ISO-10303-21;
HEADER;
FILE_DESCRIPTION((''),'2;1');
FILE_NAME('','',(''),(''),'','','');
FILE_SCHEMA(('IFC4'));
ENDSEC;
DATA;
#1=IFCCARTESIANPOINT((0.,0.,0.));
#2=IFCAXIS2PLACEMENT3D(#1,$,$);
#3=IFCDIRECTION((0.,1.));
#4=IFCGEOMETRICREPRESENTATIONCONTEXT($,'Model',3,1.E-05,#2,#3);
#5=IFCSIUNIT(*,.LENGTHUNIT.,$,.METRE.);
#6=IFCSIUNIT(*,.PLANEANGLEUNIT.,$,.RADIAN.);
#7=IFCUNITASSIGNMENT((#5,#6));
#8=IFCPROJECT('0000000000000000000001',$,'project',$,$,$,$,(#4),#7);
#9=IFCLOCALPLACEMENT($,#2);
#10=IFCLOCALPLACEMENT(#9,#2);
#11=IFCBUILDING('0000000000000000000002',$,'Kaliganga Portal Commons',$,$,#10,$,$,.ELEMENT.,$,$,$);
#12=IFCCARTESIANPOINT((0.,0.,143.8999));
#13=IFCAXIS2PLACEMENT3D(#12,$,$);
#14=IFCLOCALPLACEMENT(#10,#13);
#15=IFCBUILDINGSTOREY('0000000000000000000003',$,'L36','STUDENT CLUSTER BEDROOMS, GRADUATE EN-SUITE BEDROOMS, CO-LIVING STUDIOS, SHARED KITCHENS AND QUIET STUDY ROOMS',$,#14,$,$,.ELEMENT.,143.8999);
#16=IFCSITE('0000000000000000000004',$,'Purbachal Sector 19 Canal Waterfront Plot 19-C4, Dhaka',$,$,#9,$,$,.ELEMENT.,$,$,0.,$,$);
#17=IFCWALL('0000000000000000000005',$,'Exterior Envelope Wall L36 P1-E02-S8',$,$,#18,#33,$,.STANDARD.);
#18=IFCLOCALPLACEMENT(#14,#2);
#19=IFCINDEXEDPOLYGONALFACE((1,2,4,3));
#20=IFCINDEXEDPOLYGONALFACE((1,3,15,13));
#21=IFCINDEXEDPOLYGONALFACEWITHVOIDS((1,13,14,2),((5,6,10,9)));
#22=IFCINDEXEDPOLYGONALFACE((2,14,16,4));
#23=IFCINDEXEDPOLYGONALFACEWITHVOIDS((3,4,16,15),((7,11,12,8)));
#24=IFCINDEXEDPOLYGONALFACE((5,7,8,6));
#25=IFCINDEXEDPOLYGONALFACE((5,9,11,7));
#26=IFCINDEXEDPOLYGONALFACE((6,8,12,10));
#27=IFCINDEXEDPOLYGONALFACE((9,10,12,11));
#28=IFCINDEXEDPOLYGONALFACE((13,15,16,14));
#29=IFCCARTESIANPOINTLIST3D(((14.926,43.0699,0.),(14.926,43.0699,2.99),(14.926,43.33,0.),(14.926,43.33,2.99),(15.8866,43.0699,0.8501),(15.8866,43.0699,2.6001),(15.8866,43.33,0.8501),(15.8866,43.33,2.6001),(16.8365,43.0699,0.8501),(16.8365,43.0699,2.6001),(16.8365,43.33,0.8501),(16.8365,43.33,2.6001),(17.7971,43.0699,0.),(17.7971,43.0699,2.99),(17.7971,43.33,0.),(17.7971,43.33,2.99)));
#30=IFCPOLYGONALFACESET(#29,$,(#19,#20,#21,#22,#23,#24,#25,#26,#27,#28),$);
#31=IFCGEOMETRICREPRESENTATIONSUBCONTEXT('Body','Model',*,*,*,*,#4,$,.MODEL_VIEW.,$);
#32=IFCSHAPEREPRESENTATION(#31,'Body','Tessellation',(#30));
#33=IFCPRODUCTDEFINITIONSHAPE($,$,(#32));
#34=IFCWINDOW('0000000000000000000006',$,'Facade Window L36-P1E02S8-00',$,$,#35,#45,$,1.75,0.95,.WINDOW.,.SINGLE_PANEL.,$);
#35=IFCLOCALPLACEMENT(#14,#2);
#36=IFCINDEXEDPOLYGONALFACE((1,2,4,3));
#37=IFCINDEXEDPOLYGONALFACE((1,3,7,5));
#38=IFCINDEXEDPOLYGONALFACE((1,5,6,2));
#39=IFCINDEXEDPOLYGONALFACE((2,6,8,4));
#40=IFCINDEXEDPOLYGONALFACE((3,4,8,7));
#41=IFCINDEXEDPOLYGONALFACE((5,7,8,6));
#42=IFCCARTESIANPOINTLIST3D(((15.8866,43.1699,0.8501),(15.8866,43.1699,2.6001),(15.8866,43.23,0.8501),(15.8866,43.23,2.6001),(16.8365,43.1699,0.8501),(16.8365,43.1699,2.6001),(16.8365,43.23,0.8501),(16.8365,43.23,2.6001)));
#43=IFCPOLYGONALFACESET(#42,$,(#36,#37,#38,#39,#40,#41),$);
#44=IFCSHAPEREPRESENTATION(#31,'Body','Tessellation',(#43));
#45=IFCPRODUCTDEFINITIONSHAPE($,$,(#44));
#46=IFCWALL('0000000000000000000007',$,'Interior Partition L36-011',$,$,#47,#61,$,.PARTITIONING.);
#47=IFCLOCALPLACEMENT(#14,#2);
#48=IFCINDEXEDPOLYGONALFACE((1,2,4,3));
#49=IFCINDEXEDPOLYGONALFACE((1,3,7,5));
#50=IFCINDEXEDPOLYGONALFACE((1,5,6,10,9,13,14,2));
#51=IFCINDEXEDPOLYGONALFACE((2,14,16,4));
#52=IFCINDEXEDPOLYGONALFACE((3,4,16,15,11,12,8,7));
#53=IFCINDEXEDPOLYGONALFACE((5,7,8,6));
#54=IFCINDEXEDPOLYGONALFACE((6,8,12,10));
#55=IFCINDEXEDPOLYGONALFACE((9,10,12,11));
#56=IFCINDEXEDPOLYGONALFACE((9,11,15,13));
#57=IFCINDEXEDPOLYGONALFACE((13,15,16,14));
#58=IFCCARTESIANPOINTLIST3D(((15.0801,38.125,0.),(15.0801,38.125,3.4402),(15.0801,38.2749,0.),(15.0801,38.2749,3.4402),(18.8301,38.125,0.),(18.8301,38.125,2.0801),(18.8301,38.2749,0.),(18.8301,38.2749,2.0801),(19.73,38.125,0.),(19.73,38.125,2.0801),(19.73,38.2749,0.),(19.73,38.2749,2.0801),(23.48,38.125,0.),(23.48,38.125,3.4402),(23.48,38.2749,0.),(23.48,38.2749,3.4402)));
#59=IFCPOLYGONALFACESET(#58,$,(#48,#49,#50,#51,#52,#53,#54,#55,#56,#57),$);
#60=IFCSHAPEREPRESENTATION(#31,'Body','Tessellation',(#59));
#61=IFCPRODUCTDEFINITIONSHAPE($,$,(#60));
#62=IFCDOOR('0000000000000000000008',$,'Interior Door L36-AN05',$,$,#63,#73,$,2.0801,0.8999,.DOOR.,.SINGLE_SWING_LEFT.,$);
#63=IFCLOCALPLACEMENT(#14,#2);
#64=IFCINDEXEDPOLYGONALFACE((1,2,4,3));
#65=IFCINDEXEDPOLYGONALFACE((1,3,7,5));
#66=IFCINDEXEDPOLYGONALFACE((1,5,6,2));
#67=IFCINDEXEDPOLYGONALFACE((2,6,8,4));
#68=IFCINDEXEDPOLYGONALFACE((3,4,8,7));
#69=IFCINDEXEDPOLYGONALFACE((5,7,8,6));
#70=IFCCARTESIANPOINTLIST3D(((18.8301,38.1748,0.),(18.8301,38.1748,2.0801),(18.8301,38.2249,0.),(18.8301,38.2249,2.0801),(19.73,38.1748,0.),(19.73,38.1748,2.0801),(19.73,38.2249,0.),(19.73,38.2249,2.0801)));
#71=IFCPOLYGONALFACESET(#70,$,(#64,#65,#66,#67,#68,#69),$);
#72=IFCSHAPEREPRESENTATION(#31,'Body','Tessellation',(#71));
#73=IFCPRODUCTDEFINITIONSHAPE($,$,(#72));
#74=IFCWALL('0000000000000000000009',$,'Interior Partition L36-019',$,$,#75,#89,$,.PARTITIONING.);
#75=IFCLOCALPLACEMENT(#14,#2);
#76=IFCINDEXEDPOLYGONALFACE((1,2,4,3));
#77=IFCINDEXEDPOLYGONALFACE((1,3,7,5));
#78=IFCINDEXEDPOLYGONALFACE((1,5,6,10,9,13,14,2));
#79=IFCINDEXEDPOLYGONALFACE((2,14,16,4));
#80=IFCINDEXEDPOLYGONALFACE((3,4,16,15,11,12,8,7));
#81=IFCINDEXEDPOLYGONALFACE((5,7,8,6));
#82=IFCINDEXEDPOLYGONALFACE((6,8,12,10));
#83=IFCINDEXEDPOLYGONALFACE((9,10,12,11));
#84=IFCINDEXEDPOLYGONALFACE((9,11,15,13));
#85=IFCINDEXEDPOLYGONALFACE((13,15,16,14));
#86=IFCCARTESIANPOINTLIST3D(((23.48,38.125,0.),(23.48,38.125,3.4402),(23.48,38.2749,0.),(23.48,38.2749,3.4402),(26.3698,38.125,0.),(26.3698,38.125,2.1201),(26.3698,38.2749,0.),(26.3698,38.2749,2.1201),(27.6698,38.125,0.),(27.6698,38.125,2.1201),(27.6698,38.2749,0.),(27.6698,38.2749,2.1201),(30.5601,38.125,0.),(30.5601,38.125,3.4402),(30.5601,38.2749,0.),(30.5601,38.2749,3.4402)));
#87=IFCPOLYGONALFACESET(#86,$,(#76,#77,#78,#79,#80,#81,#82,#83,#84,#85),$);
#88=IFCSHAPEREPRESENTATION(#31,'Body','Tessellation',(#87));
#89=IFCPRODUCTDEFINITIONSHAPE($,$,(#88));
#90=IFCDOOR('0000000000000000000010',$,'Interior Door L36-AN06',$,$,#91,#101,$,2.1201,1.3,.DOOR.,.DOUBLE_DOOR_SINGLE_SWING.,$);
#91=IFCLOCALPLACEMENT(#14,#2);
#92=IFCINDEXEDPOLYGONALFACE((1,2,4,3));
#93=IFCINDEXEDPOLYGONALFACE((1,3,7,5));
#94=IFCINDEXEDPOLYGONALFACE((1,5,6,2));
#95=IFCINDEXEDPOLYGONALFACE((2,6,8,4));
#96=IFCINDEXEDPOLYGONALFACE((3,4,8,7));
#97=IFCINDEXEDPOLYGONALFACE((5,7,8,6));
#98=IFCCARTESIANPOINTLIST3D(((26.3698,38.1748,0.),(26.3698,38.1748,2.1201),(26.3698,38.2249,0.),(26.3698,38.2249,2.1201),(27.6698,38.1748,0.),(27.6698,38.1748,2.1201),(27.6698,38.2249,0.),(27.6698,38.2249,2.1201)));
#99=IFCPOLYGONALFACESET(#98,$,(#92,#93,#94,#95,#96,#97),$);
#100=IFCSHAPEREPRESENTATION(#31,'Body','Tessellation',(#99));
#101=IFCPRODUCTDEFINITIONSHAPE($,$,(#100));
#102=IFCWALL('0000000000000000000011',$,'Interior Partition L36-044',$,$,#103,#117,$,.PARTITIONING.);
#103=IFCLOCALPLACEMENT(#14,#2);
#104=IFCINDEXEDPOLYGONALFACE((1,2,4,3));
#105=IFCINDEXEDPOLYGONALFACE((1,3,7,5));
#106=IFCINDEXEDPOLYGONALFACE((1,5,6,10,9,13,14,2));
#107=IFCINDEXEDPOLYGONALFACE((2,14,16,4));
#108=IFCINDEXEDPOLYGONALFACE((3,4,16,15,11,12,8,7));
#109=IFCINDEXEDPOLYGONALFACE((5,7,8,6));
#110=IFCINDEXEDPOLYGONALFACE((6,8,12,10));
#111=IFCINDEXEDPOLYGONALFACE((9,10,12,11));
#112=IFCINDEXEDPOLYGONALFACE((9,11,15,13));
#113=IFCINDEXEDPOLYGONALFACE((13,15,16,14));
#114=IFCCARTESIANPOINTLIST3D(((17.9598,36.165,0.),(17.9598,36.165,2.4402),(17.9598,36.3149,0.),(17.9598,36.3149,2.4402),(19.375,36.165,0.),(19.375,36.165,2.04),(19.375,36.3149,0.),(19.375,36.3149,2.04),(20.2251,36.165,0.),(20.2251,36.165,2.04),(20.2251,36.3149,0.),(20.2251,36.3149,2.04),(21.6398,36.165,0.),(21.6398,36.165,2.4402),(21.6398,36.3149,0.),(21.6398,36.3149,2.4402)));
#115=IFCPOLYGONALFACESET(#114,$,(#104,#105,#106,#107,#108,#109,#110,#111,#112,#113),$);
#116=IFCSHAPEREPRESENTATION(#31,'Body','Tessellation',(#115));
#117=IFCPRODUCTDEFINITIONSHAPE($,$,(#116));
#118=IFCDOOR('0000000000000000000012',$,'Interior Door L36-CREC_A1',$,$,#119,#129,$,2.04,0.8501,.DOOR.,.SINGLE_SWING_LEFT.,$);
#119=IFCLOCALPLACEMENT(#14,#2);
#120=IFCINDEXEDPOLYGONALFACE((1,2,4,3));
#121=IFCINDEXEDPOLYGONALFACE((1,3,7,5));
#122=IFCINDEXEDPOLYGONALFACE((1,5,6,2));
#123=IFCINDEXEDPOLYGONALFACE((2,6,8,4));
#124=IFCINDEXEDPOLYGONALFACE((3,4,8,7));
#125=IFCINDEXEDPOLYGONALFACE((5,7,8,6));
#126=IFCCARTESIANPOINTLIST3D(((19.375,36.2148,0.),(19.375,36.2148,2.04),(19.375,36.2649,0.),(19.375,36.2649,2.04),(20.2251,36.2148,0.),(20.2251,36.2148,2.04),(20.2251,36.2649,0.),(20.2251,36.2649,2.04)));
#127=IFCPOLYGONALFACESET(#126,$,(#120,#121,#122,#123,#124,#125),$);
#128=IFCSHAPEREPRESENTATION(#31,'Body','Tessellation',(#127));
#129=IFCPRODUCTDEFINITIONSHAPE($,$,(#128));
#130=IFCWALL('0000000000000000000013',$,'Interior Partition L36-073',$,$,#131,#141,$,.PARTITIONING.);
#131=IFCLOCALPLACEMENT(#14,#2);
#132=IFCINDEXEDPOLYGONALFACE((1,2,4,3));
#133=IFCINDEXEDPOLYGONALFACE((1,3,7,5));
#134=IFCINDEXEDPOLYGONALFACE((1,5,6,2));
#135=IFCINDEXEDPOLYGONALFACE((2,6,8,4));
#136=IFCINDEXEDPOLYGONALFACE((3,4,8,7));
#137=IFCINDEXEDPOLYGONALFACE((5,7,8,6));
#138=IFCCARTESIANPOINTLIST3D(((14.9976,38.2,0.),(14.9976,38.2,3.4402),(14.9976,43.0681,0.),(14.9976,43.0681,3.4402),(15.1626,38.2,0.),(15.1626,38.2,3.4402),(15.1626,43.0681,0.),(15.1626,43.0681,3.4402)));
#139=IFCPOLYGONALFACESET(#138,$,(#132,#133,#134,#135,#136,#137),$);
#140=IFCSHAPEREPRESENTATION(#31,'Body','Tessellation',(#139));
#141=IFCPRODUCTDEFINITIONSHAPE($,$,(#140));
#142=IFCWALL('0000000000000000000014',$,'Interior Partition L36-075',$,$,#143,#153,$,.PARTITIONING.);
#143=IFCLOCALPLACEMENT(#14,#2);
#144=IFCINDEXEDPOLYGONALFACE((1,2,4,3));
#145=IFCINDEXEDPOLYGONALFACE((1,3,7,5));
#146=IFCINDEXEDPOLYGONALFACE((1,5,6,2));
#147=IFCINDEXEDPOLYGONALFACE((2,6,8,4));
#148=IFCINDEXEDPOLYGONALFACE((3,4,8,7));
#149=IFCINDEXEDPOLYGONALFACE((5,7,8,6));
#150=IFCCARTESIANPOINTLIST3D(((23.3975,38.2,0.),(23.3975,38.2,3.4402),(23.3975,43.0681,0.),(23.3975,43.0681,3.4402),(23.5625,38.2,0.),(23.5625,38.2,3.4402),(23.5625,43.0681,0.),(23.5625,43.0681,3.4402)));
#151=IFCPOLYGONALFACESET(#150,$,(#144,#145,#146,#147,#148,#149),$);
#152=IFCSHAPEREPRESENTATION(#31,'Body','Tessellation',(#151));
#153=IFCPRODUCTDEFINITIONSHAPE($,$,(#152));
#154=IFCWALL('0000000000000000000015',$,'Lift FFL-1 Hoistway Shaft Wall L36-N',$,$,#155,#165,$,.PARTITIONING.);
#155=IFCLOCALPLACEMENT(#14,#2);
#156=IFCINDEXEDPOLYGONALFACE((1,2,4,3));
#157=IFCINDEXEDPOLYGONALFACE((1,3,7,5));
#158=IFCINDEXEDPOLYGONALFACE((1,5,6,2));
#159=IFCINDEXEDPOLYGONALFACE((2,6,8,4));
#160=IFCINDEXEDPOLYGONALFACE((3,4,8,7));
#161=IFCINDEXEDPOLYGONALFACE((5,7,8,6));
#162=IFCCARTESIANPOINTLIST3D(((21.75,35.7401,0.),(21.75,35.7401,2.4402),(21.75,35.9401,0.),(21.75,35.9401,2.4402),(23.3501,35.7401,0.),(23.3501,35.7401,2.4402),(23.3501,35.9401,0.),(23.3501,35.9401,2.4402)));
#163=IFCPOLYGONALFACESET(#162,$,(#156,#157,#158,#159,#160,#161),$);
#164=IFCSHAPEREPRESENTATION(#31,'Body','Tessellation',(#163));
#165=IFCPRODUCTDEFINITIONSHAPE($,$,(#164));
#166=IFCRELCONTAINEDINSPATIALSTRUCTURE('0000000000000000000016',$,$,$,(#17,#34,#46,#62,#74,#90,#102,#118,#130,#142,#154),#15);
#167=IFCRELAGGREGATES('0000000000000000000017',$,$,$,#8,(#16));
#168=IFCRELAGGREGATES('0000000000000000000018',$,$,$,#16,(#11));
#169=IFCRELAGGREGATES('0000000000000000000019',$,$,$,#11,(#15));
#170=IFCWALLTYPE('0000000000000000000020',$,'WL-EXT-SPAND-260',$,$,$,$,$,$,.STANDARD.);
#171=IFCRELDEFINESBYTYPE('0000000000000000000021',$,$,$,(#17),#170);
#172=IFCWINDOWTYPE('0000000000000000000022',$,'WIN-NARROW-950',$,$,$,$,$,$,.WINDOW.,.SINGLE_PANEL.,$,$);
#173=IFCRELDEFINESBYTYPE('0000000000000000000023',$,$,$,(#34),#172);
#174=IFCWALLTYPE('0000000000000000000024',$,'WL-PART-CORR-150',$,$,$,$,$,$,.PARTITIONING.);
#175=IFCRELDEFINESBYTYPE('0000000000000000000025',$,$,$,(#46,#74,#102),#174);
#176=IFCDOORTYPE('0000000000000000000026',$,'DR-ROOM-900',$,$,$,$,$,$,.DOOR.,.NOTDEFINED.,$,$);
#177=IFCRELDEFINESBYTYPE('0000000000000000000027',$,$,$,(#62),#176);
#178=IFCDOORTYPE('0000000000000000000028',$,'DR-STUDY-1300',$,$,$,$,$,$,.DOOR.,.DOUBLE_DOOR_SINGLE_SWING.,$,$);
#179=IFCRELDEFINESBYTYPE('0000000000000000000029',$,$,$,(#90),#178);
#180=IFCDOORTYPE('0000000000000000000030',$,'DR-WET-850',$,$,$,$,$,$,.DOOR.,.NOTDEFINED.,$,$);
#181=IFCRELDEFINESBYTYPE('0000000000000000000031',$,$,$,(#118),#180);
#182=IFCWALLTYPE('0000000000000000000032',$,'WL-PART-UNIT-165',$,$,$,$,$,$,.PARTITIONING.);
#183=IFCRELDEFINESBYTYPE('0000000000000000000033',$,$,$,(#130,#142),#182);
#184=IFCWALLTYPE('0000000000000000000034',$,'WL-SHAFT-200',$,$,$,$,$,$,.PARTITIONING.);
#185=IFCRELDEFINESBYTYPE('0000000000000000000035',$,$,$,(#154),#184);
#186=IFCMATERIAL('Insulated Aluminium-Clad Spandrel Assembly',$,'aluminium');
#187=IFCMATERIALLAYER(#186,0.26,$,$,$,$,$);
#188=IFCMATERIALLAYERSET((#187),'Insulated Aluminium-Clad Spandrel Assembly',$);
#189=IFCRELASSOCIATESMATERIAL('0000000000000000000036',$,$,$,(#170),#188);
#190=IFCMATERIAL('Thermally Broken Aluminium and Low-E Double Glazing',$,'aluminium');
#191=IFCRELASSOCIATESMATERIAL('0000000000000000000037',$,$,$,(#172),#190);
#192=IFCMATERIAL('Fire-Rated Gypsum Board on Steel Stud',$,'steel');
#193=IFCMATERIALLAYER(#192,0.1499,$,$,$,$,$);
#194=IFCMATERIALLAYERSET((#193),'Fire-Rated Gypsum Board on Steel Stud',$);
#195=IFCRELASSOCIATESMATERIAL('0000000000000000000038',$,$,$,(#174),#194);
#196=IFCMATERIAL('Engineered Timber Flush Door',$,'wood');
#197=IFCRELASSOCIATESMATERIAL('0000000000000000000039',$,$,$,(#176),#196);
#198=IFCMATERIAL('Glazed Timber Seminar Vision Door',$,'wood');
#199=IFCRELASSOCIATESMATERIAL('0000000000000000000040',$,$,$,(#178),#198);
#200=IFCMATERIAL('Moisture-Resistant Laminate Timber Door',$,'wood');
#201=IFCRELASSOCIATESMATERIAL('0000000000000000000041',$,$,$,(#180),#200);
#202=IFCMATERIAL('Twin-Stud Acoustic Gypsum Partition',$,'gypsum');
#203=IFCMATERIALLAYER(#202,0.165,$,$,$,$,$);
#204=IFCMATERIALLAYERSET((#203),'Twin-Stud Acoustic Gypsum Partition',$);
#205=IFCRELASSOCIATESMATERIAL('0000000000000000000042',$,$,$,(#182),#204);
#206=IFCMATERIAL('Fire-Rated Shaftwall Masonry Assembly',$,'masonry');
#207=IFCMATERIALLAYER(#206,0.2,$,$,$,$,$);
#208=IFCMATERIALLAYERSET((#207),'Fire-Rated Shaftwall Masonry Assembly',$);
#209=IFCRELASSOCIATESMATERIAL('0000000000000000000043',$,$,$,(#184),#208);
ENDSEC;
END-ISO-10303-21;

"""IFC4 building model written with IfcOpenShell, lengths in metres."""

from ifc_helpers import new_model, si_unit, direction, frame, frame_2d, origin, place, context, subcontext, project, spatial, rectangle, extrude, material, layer, layer_set, type_object, element, fill, save


model = new_model("IFC4")

# Units and contexts
model_context = context("Model", 3, precision=1e-05, world=origin(), true_north=direction((0.0, 1.0)))
body_context = subcontext(model_context, "Body", "Model", "MODEL_VIEW")
ifc_project = project(units=[si_unit("LENGTHUNIT", "METRE"), si_unit("PLANEANGLEUNIT", "RADIAN")], contexts=[model_context])

# Site, building, storey
site_placement = place(None, origin())
site = spatial("IfcSite", under=ifc_project, at=site_placement, Name="Purbachal Sector 19 Canal Waterfront Plot 19-C4, Dhaka", CompositionType="ELEMENT", RefElevation=0.0)
building_placement = place(site_placement, origin())
building = spatial("IfcBuilding", under=site, at=building_placement, Name="Kaliganga Portal Commons", CompositionType="ELEMENT")
storey_placement = place(building_placement, frame((0.0, 0.0, 143.8999)))
storey = spatial("IfcBuildingStorey", under=building, at=storey_placement, Name="L36", Description="STUDENT CLUSTER BEDROOMS, GRADUATE EN-SUITE BEDROOMS, CO-LIVING STUDIOS, SHARED KITCHENS AND QUIET STUDY ROOMS", CompositionType="ELEMENT", Elevation=143.8999)

# Wall, opening, window
ifc_material_1 = material(Name="Insulated Aluminium-Clad Spandrel Assembly", Category="aluminium")
ifc_layer_1 = layer(ifc_material_1, 0.26)
ifc_layer_set_1 = layer_set([ifc_layer_1], Name="Insulated Aluminium-Clad Spandrel Assembly")
wall_type_1 = type_object("IfcWallType", Name="WL-EXT-SPAND-260", PredefinedType="STANDARD", material=ifc_layer_set_1)
ifc_material_2 = material(Name="Thermally Broken Aluminium and Low-E Double Glazing", Category="aluminium")
window_type = type_object("IfcWindowType", Name="WIN-NARROW-950", PartitioningType="SINGLE_PANEL", PredefinedType="WINDOW", material=ifc_material_2)
wall_1_placement = place(storey_placement, frame((14.926, 43.2, 0.0), z_axis=(0.0, 0.0, 1.0), x_axis=(1.0, 0.0, 0.0)))
wall_1 = element("IfcWall", 1, at=wall_1_placement, inside=storey, type_object=wall_type_1, Name="Exterior Envelope Wall L36 P1-E02-S8", PredefinedType="STANDARD", context=body_context, shape_type="SweptSolid", body=[
    extrude(rectangle(XDim=2.8711, YDim=0.26, at=frame_2d((1.4355, 0.0))), origin(), (0.0, 0.0, 1.0), 2.99),
])
opening_1_placement = place(wall_1_placement, frame((0.9604, 0.0, 0.8501)))
opening_1 = element("IfcOpeningElement", 2, at=opening_1_placement, cuts=wall_1, PredefinedType="OPENING", context=body_context, shape_type="SweptSolid", body=[
    extrude(rectangle(XDim=0.95, YDim=1.75, at=frame_2d((0.4751, 0.875))), frame((0.0, 0.1401, 0.0), z_axis=(0.0, -1.0, 0.0), x_axis=(1.0, 0.0, 0.0)), (0.0, 0.0, 1.0), 0.28),
])
window_1_placement = place(opening_1_placement, origin())
window_1 = element("IfcWindow", 3, at=window_1_placement, inside=storey, type_object=window_type, Name="Facade Window L36-P1E02S8-00", OverallHeight=1.75, OverallWidth=0.95, PartitioningType="SINGLE_PANEL", PredefinedType="WINDOW", context=body_context, shape_type="SweptSolid", body=[
    extrude(rectangle(XDim=0.95, YDim=1.75, at=frame_2d((0.4751, 0.875))), frame((0.0, 0.03, 0.0), z_axis=(0.0, -1.0, 0.0), x_axis=(1.0, 0.0, 0.0)), (0.0, 0.0, 1.0), 0.0601),
])
fill(opening_1, window_1)

# Walls, openings, doors
ifc_material_3 = material(Name="Fire-Rated Gypsum Board on Steel Stud", Category="steel")
ifc_layer_2 = layer(ifc_material_3, 0.1499)
ifc_layer_set_2 = layer_set([ifc_layer_2], Name="Fire-Rated Gypsum Board on Steel Stud")
wall_type_2 = type_object("IfcWallType", Name="WL-PART-CORR-150", PredefinedType="PARTITIONING", material=ifc_layer_set_2)
wall_2_placement = place(storey_placement, frame((15.0801, 38.2, 0.0), z_axis=(0.0, 0.0, 1.0), x_axis=(1.0, 0.0, 0.0)))
wall_2 = element("IfcWall", 4, at=wall_2_placement, inside=storey, type_object=wall_type_2, Name="Interior Partition L36-011", PredefinedType="PARTITIONING", context=body_context, shape_type="SweptSolid", body=[
    extrude(rectangle(XDim=8.3999, YDim=0.1499, at=frame_2d((4.2, 0.0))), origin(), (0.0, 0.0, 1.0), 3.4402),
])
opening_2_placement = place(wall_2_placement, frame((3.75, 0.0, 0.0)))
opening_2 = element("IfcOpeningElement", 5, at=opening_2_placement, cuts=wall_2, PredefinedType="OPENING", context=body_context, shape_type="SweptSolid", body=[
    extrude(rectangle(XDim=0.8999, YDim=2.0801, at=frame_2d((0.45, 1.04))), frame((0.0, 0.085, 0.0), z_axis=(0.0, -1.0, 0.0), x_axis=(1.0, 0.0, 0.0)), (0.0, 0.0, 1.0), 0.1699),
])
ifc_material_4 = material(Name="Engineered Timber Flush Door", Category="wood")
door_type_1 = type_object("IfcDoorType", Name="DR-ROOM-900", OperationType="NOTDEFINED", PredefinedType="DOOR", material=ifc_material_4)
door_1_placement = place(opening_2_placement, origin())
door_1 = element("IfcDoor", 6, at=door_1_placement, inside=storey, type_object=door_type_1, Name="Interior Door L36-AN05", OperationType="SINGLE_SWING_LEFT", OverallHeight=2.0801, OverallWidth=0.8999, PredefinedType="DOOR", context=body_context, shape_type="SweptSolid", body=[
    extrude(rectangle(XDim=0.8999, YDim=2.0801, at=frame_2d((0.45, 1.04))), frame((0.0, 0.0249, 0.0), z_axis=(0.0, -1.0, 0.0), x_axis=(1.0, 0.0, 0.0)), (0.0, 0.0, 1.0), 0.05),
])
fill(opening_2, door_1)
wall_3_placement = place(storey_placement, frame((23.48, 38.2, 0.0), z_axis=(0.0, 0.0, 1.0), x_axis=(1.0, 0.0, 0.0)))
wall_3 = element("IfcWall", 7, at=wall_3_placement, inside=storey, type_object=wall_type_2, Name="Interior Partition L36-019", PredefinedType="PARTITIONING", context=body_context, shape_type="SweptSolid", body=[
    extrude(rectangle(XDim=7.0801, YDim=0.1499, at=frame_2d((3.54, 0.0))), origin(), (0.0, 0.0, 1.0), 3.4402),
])
opening_3_placement = place(wall_3_placement, frame((2.8899, 0.0, 0.0)))
opening_3 = element("IfcOpeningElement", 8, at=opening_3_placement, cuts=wall_3, PredefinedType="OPENING", context=body_context, shape_type="SweptSolid", body=[
    extrude(rectangle(XDim=1.3, YDim=2.1201, at=frame_2d((0.6499, 1.0601))), frame((0.0, 0.085, 0.0), z_axis=(0.0, -1.0, 0.0), x_axis=(1.0, 0.0, 0.0)), (0.0, 0.0, 1.0), 0.1699),
])
ifc_material_5 = material(Name="Glazed Timber Seminar Vision Door", Category="wood")
door_type_2 = type_object("IfcDoorType", Name="DR-STUDY-1300", OperationType="DOUBLE_DOOR_SINGLE_SWING", PredefinedType="DOOR", material=ifc_material_5)
door_2_placement = place(opening_3_placement, origin())
door_2 = element("IfcDoor", 9, at=door_2_placement, inside=storey, type_object=door_type_2, Name="Interior Door L36-AN06", OperationType="DOUBLE_DOOR_SINGLE_SWING", OverallHeight=2.1201, OverallWidth=1.3, PredefinedType="DOOR", context=body_context, shape_type="SweptSolid", body=[
    extrude(rectangle(XDim=1.3, YDim=2.1201, at=frame_2d((0.6499, 1.0601))), frame((0.0, 0.0249, 0.0), z_axis=(0.0, -1.0, 0.0), x_axis=(1.0, 0.0, 0.0)), (0.0, 0.0, 1.0), 0.05),
])
fill(opening_3, door_2)
wall_4_placement = place(storey_placement, frame((17.96, 36.24, 0.0), z_axis=(0.0, 0.0, 1.0), x_axis=(1.0, 0.0, 0.0)))
wall_4 = element("IfcWall", 10, at=wall_4_placement, inside=storey, type_object=wall_type_2, Name="Interior Partition L36-044", PredefinedType="PARTITIONING", context=body_context, shape_type="SweptSolid", body=[
    extrude(rectangle(XDim=3.6799, YDim=0.1499, at=frame_2d((1.8398, 0.0))), origin(), (0.0, 0.0, 1.0), 2.4402),
])
opening_4_placement = place(wall_4_placement, frame((1.415, 0.0, 0.0)))
opening_4 = element("IfcOpeningElement", 11, at=opening_4_placement, cuts=wall_4, PredefinedType="OPENING", context=body_context, shape_type="SweptSolid", body=[
    extrude(rectangle(XDim=0.8501, YDim=2.04, at=frame_2d((0.425, 1.02))), frame((0.0, 0.085, 0.0), z_axis=(0.0, -1.0, 0.0), x_axis=(1.0, 0.0, 0.0)), (0.0, 0.0, 1.0), 0.1699),
])
ifc_material_6 = material(Name="Moisture-Resistant Laminate Timber Door", Category="wood")
door_type_3 = type_object("IfcDoorType", Name="DR-WET-850", OperationType="NOTDEFINED", PredefinedType="DOOR", material=ifc_material_6)
door_3_placement = place(opening_4_placement, origin())
door_3 = element("IfcDoor", 12, at=door_3_placement, inside=storey, type_object=door_type_3, Name="Interior Door L36-CREC_A1", OperationType="SINGLE_SWING_LEFT", OverallHeight=2.04, OverallWidth=0.8501, PredefinedType="DOOR", context=body_context, shape_type="SweptSolid", body=[
    extrude(rectangle(XDim=0.8501, YDim=2.04, at=frame_2d((0.425, 1.02))), frame((0.0, 0.0249, 0.0), z_axis=(0.0, -1.0, 0.0), x_axis=(1.0, 0.0, 0.0)), (0.0, 0.0, 1.0), 0.05),
])
fill(opening_4, door_3)

# Walls
ifc_material_7 = material(Name="Twin-Stud Acoustic Gypsum Partition", Category="gypsum")
ifc_layer_3 = layer(ifc_material_7, 0.165)
ifc_layer_set_3 = layer_set([ifc_layer_3], Name="Twin-Stud Acoustic Gypsum Partition")
wall_type_3 = type_object("IfcWallType", Name="WL-PART-UNIT-165", PredefinedType="PARTITIONING", material=ifc_layer_set_3)
for number, where, z_axis, x_axis, name in (
    (13, (15.0801, 38.2, 0.0), (0.0, 0.0, 1.0), (0.0, 1.0, 0.0), "Interior Partition L36-073"),
    (14, (23.48, 38.2, 0.0), (0.0, 0.0, 1.0), (0.0, 1.0, 0.0), "Interior Partition L36-075"),
):
    element("IfcWall", number, at=place(storey_placement, frame(where, z_axis=z_axis, x_axis=x_axis)), inside=storey, type_object=wall_type_3, Name=name, PredefinedType="PARTITIONING", context=body_context, shape_type="SweptSolid", body=[
        extrude(rectangle(XDim=4.8682, YDim=0.165, at=frame_2d((2.4341, 0.0))), origin(), (0.0, 0.0, 1.0), 3.4402),
    ])
ifc_material_8 = material(Name="Fire-Rated Shaftwall Masonry Assembly", Category="masonry")
ifc_layer_4 = layer(ifc_material_8, 0.2)
ifc_layer_set_4 = layer_set([ifc_layer_4], Name="Fire-Rated Shaftwall Masonry Assembly")
wall_type_4 = type_object("IfcWallType", Name="WL-SHAFT-200", PredefinedType="PARTITIONING", material=ifc_layer_set_4)
wall_5_placement = place(storey_placement, frame((21.75, 35.8401, 0.0), z_axis=(0.0, 0.0, 1.0), x_axis=(1.0, 0.0, 0.0)))
element("IfcWall", 15, at=wall_5_placement, inside=storey, type_object=wall_type_4, Name="Lift FFL-1 Hoistway Shaft Wall L36-N", PredefinedType="PARTITIONING", context=body_context, shape_type="SweptSolid", body=[
    extrude(rectangle(XDim=1.6001, YDim=0.2, at=frame_2d((0.8, 0.0))), origin(), (0.0, 0.0, 1.0), 2.4402),
])

save(model, "model.ifc")
